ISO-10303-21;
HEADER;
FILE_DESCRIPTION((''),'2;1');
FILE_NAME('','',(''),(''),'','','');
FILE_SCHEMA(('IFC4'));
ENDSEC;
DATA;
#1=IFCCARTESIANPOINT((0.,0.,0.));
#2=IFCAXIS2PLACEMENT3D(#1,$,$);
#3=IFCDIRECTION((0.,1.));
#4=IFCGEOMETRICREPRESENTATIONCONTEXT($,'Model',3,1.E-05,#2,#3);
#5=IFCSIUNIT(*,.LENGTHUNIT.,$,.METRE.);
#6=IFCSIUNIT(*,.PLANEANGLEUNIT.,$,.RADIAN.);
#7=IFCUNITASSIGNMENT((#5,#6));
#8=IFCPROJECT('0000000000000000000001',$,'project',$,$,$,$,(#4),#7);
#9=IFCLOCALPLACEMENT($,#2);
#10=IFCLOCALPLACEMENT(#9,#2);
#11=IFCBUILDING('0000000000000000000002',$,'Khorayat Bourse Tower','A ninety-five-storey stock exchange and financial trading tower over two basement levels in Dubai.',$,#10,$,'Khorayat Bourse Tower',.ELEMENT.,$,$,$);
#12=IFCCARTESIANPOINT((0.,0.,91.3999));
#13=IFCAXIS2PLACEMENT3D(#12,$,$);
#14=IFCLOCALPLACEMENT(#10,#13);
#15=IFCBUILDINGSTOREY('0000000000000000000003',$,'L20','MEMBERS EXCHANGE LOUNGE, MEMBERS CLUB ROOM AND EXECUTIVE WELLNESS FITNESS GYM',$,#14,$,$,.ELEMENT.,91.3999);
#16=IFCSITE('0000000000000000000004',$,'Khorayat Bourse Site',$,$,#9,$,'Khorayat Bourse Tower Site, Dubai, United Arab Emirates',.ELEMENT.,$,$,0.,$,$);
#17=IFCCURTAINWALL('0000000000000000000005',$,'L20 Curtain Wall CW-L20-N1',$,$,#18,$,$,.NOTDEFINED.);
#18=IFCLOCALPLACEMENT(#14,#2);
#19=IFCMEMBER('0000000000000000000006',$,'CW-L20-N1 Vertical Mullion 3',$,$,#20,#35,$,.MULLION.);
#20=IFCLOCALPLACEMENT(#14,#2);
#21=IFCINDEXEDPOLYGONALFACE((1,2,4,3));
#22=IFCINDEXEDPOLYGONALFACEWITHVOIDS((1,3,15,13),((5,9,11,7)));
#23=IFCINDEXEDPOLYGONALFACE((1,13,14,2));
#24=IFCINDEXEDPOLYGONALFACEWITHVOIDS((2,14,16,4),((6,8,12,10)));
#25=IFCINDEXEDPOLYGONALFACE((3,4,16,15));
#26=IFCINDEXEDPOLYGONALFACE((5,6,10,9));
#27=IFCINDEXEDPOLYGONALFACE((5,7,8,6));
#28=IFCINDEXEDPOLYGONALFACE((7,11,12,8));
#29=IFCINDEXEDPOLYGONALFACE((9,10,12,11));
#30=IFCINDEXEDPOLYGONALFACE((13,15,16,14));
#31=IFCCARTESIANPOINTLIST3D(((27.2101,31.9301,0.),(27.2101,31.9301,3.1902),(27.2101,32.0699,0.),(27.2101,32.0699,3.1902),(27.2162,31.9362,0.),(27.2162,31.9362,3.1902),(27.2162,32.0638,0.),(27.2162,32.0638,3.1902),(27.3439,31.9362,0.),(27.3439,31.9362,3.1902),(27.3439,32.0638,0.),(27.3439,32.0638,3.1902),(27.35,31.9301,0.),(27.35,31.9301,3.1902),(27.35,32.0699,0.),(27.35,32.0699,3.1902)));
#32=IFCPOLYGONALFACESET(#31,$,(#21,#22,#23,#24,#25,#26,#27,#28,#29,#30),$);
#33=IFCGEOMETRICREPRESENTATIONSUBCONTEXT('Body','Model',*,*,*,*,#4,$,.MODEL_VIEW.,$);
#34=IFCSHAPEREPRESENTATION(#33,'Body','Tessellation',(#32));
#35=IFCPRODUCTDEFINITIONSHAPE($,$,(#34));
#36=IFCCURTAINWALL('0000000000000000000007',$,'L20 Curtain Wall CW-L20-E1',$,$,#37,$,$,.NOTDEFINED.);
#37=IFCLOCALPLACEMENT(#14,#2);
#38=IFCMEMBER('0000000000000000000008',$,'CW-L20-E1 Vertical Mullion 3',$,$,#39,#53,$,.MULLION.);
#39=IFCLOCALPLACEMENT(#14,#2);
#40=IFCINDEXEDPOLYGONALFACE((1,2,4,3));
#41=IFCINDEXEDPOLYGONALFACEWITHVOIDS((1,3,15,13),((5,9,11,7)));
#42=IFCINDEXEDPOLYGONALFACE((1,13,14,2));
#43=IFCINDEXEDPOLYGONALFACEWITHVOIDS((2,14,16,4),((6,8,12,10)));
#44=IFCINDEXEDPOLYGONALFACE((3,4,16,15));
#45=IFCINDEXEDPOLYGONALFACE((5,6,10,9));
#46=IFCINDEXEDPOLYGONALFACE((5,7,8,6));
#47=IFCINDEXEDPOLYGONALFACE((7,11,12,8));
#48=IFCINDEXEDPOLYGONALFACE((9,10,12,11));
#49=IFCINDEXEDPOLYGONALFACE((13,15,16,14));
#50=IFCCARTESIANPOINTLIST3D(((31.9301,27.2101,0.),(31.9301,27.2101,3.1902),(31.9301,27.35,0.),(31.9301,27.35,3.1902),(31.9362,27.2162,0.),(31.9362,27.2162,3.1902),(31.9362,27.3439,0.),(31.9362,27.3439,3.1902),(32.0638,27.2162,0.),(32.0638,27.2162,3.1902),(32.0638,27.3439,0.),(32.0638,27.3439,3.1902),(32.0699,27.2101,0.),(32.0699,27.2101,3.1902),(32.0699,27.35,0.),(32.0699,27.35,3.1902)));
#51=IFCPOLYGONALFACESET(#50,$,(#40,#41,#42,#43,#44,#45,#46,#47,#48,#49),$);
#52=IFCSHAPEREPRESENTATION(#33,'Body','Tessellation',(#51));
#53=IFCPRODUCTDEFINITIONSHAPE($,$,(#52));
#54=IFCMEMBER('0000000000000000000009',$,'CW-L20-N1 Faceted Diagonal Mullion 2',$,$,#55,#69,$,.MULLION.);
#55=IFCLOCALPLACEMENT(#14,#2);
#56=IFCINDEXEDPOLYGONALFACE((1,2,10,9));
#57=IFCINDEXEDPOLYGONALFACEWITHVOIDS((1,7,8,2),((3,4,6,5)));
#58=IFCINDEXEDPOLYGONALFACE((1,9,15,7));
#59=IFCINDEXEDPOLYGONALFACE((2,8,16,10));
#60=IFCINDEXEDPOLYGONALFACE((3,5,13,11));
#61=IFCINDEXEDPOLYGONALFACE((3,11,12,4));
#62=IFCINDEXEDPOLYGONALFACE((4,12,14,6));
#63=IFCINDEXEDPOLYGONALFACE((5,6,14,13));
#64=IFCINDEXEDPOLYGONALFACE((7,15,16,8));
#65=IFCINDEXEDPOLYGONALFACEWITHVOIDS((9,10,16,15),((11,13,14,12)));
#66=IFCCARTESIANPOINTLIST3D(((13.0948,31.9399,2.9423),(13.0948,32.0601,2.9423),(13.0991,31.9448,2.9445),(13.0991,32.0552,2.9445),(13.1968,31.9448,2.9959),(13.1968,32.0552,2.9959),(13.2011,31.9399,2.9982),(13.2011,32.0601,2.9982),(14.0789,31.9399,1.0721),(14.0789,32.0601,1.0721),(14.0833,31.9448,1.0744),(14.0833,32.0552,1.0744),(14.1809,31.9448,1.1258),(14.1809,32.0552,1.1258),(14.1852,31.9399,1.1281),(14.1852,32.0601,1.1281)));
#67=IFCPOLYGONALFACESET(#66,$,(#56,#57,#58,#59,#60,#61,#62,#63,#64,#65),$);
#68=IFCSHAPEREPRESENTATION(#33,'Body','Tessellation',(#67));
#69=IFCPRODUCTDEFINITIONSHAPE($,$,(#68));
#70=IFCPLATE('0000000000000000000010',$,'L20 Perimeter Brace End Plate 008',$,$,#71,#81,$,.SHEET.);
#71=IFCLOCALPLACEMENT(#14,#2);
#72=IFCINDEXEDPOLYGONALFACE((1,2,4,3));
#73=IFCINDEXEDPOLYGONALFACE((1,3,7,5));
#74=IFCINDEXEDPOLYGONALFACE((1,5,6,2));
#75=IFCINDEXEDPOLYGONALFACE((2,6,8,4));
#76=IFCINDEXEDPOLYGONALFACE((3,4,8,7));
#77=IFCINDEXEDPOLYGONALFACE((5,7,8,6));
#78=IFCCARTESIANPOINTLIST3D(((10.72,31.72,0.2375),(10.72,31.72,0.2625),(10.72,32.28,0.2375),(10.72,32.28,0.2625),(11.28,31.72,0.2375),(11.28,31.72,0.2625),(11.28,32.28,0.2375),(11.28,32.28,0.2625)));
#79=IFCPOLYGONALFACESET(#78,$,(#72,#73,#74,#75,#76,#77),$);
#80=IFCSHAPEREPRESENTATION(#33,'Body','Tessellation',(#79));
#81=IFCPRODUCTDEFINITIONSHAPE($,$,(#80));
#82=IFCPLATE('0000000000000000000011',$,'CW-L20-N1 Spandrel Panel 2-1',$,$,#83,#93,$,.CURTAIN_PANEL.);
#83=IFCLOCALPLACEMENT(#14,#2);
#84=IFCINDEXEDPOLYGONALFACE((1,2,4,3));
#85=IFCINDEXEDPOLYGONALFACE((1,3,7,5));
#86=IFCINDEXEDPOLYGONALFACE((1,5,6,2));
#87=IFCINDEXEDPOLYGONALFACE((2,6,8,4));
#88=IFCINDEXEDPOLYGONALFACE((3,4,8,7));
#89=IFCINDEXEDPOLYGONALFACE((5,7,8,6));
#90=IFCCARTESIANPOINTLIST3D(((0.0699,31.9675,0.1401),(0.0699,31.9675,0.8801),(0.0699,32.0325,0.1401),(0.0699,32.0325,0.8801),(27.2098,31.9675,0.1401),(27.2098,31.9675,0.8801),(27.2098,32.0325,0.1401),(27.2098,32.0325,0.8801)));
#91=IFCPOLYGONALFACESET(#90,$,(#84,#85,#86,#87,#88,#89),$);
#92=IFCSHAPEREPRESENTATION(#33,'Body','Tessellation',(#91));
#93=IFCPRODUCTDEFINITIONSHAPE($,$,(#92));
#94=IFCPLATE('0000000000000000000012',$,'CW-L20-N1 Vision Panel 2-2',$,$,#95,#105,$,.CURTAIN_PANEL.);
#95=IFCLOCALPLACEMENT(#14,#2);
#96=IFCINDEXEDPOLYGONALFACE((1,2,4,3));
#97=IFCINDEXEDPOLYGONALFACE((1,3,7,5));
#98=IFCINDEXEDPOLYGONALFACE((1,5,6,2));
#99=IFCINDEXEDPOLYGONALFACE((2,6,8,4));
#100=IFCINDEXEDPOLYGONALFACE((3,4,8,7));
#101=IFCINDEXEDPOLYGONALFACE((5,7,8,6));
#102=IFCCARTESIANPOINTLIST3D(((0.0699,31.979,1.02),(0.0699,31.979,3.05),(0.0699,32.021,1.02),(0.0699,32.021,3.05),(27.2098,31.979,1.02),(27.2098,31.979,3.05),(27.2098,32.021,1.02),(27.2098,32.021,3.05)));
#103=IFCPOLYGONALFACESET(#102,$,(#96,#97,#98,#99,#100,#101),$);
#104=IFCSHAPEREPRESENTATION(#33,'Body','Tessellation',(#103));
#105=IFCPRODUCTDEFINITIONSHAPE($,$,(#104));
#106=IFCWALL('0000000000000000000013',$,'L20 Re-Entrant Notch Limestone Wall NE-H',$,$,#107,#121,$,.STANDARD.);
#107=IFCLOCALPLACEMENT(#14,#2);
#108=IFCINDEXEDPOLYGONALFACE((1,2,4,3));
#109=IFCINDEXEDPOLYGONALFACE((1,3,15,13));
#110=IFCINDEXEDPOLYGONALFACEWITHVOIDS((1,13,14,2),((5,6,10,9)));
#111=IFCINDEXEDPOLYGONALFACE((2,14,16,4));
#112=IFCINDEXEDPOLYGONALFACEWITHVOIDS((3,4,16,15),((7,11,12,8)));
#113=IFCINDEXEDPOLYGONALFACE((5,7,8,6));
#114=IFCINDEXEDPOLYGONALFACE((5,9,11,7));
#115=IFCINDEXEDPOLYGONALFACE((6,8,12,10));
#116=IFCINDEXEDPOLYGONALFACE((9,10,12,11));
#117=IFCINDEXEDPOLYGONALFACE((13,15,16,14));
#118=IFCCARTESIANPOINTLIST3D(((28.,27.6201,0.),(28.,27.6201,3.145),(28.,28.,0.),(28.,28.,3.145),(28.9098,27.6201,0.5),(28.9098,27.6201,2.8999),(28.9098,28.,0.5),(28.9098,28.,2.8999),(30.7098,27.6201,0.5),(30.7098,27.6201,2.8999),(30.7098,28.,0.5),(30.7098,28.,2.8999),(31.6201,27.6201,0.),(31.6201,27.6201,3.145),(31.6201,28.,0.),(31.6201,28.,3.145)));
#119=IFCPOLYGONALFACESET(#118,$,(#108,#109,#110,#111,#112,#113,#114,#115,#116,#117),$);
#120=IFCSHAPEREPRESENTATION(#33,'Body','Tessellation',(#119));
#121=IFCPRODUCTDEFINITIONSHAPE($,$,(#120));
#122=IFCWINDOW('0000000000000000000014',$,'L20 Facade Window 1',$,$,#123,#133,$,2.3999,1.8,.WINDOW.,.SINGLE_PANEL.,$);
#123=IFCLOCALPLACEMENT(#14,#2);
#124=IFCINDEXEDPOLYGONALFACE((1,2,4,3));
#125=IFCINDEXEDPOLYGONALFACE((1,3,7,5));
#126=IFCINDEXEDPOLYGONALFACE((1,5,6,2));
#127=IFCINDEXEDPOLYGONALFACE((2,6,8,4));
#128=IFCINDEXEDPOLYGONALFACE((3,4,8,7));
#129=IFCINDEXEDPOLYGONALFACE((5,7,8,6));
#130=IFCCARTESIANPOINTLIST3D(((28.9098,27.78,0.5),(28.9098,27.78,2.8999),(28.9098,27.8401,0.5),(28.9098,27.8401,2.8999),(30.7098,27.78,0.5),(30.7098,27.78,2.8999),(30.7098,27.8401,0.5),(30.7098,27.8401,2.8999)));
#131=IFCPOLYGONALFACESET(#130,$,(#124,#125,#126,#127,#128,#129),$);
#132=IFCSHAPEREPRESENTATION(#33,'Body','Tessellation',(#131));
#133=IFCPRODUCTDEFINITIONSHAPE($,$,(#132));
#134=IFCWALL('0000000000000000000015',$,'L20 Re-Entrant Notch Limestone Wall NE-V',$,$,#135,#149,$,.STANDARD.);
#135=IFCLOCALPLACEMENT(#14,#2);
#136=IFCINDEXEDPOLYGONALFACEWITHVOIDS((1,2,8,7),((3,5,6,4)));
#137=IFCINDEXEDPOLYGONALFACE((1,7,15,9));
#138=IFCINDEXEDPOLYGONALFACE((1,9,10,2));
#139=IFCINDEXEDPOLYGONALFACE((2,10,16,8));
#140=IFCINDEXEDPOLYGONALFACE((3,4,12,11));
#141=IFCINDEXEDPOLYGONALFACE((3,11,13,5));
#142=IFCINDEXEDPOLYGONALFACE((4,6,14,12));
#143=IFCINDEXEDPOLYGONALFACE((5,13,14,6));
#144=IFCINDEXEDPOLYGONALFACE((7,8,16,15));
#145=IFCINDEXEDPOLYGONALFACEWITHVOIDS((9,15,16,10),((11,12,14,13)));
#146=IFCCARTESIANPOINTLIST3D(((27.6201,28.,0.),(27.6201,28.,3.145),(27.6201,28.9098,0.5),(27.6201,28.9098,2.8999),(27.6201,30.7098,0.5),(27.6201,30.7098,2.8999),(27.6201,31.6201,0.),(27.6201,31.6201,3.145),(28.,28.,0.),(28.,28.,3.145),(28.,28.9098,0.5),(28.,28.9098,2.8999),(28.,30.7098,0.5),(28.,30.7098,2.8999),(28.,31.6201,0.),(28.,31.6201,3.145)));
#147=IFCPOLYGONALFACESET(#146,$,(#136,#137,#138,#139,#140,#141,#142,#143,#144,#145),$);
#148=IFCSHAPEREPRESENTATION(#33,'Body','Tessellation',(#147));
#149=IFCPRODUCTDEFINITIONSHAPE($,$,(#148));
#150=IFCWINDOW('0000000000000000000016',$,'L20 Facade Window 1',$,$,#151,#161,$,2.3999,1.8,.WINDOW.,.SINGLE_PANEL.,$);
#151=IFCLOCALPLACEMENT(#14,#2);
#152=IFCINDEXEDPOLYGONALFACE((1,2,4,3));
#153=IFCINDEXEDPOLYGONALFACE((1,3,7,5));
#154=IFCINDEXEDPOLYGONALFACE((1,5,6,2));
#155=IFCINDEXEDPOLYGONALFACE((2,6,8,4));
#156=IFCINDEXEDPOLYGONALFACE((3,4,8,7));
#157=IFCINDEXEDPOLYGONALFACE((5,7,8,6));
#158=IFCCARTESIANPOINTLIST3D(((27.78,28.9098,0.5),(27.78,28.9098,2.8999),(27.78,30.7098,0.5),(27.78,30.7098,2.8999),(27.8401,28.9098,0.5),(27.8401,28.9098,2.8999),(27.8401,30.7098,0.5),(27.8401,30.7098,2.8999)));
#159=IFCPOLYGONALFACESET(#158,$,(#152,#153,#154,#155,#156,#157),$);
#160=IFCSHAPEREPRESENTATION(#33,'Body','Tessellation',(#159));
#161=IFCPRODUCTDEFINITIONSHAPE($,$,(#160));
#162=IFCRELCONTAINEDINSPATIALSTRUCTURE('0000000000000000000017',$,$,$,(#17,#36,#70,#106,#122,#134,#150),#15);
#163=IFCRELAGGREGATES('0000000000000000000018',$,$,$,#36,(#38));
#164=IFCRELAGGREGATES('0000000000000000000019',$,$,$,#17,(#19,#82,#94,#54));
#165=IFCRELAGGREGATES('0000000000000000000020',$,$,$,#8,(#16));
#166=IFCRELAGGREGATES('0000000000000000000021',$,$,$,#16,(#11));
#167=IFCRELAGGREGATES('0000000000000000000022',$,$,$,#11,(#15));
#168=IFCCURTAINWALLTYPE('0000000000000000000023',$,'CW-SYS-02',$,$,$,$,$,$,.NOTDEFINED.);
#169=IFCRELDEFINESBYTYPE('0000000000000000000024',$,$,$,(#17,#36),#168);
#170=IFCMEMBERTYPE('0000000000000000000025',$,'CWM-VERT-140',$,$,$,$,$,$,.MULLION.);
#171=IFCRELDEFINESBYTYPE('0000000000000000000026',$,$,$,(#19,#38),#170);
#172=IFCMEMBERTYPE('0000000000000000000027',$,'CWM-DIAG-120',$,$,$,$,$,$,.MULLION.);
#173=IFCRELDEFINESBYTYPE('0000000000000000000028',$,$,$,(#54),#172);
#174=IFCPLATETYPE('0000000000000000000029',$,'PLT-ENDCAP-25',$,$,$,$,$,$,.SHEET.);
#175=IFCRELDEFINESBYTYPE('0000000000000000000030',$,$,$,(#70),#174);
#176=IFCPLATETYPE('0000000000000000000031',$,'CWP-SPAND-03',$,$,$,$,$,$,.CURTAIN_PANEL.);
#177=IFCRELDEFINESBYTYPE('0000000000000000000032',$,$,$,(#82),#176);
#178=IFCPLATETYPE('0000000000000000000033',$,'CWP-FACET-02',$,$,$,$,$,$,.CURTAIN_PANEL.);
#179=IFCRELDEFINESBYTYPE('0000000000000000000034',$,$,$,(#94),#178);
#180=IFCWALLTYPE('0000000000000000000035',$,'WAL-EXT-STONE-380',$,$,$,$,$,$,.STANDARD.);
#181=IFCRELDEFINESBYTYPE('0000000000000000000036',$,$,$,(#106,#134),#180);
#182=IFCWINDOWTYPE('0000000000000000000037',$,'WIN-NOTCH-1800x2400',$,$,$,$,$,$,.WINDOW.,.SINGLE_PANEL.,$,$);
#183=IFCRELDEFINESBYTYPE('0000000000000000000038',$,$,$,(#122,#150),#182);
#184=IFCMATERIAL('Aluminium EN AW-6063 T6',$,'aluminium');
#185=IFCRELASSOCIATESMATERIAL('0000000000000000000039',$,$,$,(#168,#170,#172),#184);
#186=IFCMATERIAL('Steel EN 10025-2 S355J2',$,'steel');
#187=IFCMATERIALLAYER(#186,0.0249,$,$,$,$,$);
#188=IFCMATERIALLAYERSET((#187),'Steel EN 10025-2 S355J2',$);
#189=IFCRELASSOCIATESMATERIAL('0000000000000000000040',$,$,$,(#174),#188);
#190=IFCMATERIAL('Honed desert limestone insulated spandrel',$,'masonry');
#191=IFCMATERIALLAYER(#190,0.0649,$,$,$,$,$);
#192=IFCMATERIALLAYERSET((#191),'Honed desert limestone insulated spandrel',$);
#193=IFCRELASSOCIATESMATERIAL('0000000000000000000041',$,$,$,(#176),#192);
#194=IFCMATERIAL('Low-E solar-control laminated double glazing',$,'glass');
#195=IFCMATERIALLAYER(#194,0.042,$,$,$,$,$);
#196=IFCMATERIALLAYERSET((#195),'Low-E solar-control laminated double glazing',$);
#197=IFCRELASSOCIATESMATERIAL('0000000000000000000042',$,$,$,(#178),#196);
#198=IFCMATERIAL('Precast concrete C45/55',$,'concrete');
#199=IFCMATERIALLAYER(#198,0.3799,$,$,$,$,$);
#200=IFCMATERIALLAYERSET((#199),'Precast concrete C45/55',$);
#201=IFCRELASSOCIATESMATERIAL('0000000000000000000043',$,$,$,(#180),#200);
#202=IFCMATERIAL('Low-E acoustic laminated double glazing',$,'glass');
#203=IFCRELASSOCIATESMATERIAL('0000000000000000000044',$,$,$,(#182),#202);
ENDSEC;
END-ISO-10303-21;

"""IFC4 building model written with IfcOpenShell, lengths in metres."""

from ifc_helpers import new_model, si_unit, direction, frame, frame_2d, origin, origin_2d, place, context, subcontext, project, spatial, rectangle, hollow_rectangle, extrude, source, transform, mapped, material, layer, layer_set, material_profile, profile_set, type_object, element, fill, aggregate, save


model = new_model("IFC4")

# Units and contexts
model_context = context("Model", 3, precision=1e-05, world=origin(), true_north=direction((0.0, 1.0)))
body_context = subcontext(model_context, "Body", "Model", "MODEL_VIEW")
ifc_project = project(units=[si_unit("LENGTHUNIT", "METRE"), si_unit("PLANEANGLEUNIT", "RADIAN")], contexts=[model_context])

# Site, building, storey
site_placement = place(None, origin())
site = spatial("IfcSite", under=ifc_project, at=site_placement, Name="Khorayat Bourse Site", LongName="Khorayat Bourse Tower Site, Dubai, United Arab Emirates", CompositionType="ELEMENT", RefElevation=0.0)
building_placement = place(site_placement, origin())
building = spatial("IfcBuilding", under=site, at=building_placement, Name="Khorayat Bourse Tower", Description="A ninety-five-storey stock exchange and financial trading tower over two basement levels in Dubai.", LongName="Khorayat Bourse Tower", CompositionType="ELEMENT")
storey_placement = place(building_placement, frame((0.0, 0.0, 91.3999)))
storey = spatial("IfcBuildingStorey", under=building, at=storey_placement, Name="L20", Description="MEMBERS EXCHANGE LOUNGE, MEMBERS CLUB ROOM AND EXECUTIVE WELLNESS FITNESS GYM", CompositionType="ELEMENT", Elevation=91.3999)

# Curtain walls, members
ifc_material_1 = material(Name="Aluminium EN AW-6063 T6", Category="aluminium")
curtain_wall_type = type_object("IfcCurtainWallType", Name="CW-SYS-02", PredefinedType="NOTDEFINED", material=ifc_material_1)
curtain_wall_1_placement = place(storey_placement, origin())
curtain_wall_1 = element("IfcCurtainWall", 1, at=curtain_wall_1_placement, inside=storey, type_object=curtain_wall_type, Name="L20 Curtain Wall CW-L20-N1", PredefinedType="NOTDEFINED")
ifc_material_profile_1 = material_profile(ifc_material_1, hollow_rectangle(XDim=0.1399, YDim=0.1399, WallThickness=0.0061, at=origin_2d()), Name="ALU 140x140x6")
ifc_profile_set_1 = profile_set([ifc_material_profile_1], Name="Aluminium EN AW-6063 T6")
member_type_1 = type_object("IfcMemberType", Name="CWM-VERT-140", PredefinedType="MULLION", material=ifc_profile_set_1)
shared_shape_1 = source(origin(), body_context, "Body", "SweptSolid", [
    extrude(hollow_rectangle(XDim=0.1399, YDim=0.1399, WallThickness=0.0061, at=origin_2d()), origin(), (0.0, 0.0, 1.0), 3.1902),
])
member_1_placement = place(storey_placement, frame((27.28, 32.0, 0.0), z_axis=(0.0, 0.0, 1.0), x_axis=(0.0, 1.0, 0.0)))
member_1 = element("IfcMember", 2, at=member_1_placement, type_object=member_type_1, Name="CW-L20-N1 Vertical Mullion 3", PredefinedType="MULLION", context=body_context, shape_type="MappedRepresentation", body=[
    mapped(shared_shape_1, transform((0.0, 0.0, 0.0), scale=1.0)),
])
curtain_wall_2_placement = place(storey_placement, origin())
curtain_wall_2 = element("IfcCurtainWall", 3, at=curtain_wall_2_placement, inside=storey, type_object=curtain_wall_type, Name="L20 Curtain Wall CW-L20-E1", PredefinedType="NOTDEFINED")
member_2_placement = place(storey_placement, frame((32.0, 27.28, 0.0), z_axis=(0.0, 0.0, 1.0), x_axis=(-1.0, 0.0, 0.0)))
member_2 = element("IfcMember", 4, at=member_2_placement, type_object=member_type_1, Name="CW-L20-E1 Vertical Mullion 3", PredefinedType="MULLION", context=body_context, shape_type="MappedRepresentation", body=[
    mapped(shared_shape_1, transform((0.0, 0.0, 0.0), scale=1.0)),
])
aggregate(curtain_wall_2, [member_2])

# Member
ifc_material_profile_2 = material_profile(ifc_material_1, hollow_rectangle(XDim=0.1201, YDim=0.1201, WallThickness=0.0049, at=origin_2d()), Name="ALU 120x120x5")
ifc_profile_set_2 = profile_set([ifc_material_profile_2], Name="Aluminium EN AW-6063 T6")
member_type_2 = type_object("IfcMemberType", Name="CWM-DIAG-120", PredefinedType="MULLION", material=ifc_profile_set_2)
shared_shape_2 = source(origin(), body_context, "Body", "SweptSolid", [
    extrude(hollow_rectangle(XDim=0.1201, YDim=0.1201, WallThickness=0.0049, at=origin_2d()), origin(), (0.0, 0.0, 1.0), 2.1133),
])
member_3_placement = place(storey_placement, frame((14.1321, 32.0, 1.1001), z_axis=(-0.465694, 0.0, 0.884946), x_axis=(0.0, -1.0, 0.0)))
member_3 = element("IfcMember", 5, at=member_3_placement, type_object=member_type_2, Name="CW-L20-N1 Faceted Diagonal Mullion 2", PredefinedType="MULLION", context=body_context, shape_type="MappedRepresentation", body=[
    mapped(shared_shape_2, transform((0.0, 0.0, 0.0), scale=1.0)),
])

# Plates
ifc_material_2 = material(Name="Steel EN 10025-2 S355J2", Category="steel")
ifc_layer_1 = layer(ifc_material_2, 0.0249)
ifc_layer_set_1 = layer_set([ifc_layer_1], Name="Steel EN 10025-2 S355J2")
plate_type_1 = type_object("IfcPlateType", Name="PLT-ENDCAP-25", PredefinedType="SHEET", material=ifc_layer_set_1)
shared_shape_3 = source(origin(), body_context, "Body", "SweptSolid", [
    extrude(rectangle(XDim=0.5601, YDim=0.5601, at=origin_2d()), origin(), (0.0, 0.0, 1.0), 0.0249),
])
plate_1_placement = place(storey_placement, frame((11.0, 32.0, 0.2375), z_axis=(0.0, 0.0, 1.0), x_axis=(1.0, 0.0, 0.0)))
element("IfcPlate", 6, at=plate_1_placement, inside=storey, type_object=plate_type_1, Name="L20 Perimeter Brace End Plate 008", PredefinedType="SHEET", context=body_context, shape_type="MappedRepresentation", body=[
    mapped(shared_shape_3, transform((0.0, 0.0, 0.0), scale=1.0)),
])
ifc_material_3 = material(Name="Honed desert limestone insulated spandrel", Category="masonry")
ifc_layer_2 = layer(ifc_material_3, 0.0649)
ifc_layer_set_2 = layer_set([ifc_layer_2], Name="Honed desert limestone insulated spandrel")
plate_type_2 = type_object("IfcPlateType", Name="CWP-SPAND-03", PredefinedType="CURTAIN_PANEL", material=ifc_layer_set_2)
shared_shape_4 = source(origin(), body_context, "Body", "SweptSolid", [
    extrude(rectangle(XDim=27.1399, YDim=0.0649, at=origin_2d()), origin(), (0.0, 0.0, 1.0), 0.74),
])
plate_2_placement = place(storey_placement, frame((13.6399, 32.0, 0.1401), z_axis=(0.0, 0.0, 1.0), x_axis=(1.0, 0.0, 0.0)))
plate_2 = element("IfcPlate", 7, at=plate_2_placement, type_object=plate_type_2, Name="CW-L20-N1 Spandrel Panel 2-1", PredefinedType="CURTAIN_PANEL", context=body_context, shape_type="MappedRepresentation", body=[
    mapped(shared_shape_4, transform((0.0, 0.0, 0.0), scale=1.0)),
])
ifc_material_4 = material(Name="Low-E solar-control laminated double glazing", Category="glass")
ifc_layer_3 = layer(ifc_material_4, 0.042)
ifc_layer_set_3 = layer_set([ifc_layer_3], Name="Low-E solar-control laminated double glazing")
plate_type_3 = type_object("IfcPlateType", Name="CWP-FACET-02", PredefinedType="CURTAIN_PANEL", material=ifc_layer_set_3)
shared_shape_5 = source(origin(), body_context, "Body", "SweptSolid", [
    extrude(rectangle(XDim=27.1399, YDim=0.042, at=origin_2d()), origin(), (0.0, 0.0, 1.0), 2.03),
])
plate_3_placement = place(storey_placement, frame((13.6399, 32.0, 1.02), z_axis=(0.0, 0.0, 1.0), x_axis=(1.0, 0.0, 0.0)))
plate_3 = element("IfcPlate", 8, at=plate_3_placement, type_object=plate_type_3, Name="CW-L20-N1 Vision Panel 2-2", PredefinedType="CURTAIN_PANEL", context=body_context, shape_type="MappedRepresentation", body=[
    mapped(shared_shape_5, transform((0.0, 0.0, 0.0), scale=1.0)),
])
aggregate(curtain_wall_1, [member_1, plate_2, plate_3, member_3])

# Walls, openings, windows
ifc_material_5 = material(Name="Precast concrete C45/55", Category="concrete")
ifc_layer_4 = layer(ifc_material_5, 0.3799)
ifc_layer_set_4 = layer_set([ifc_layer_4], Name="Precast concrete C45/55")
wall_type_1 = type_object("IfcWallType", Name="WAL-EXT-STONE-380", PredefinedType="STANDARD", material=ifc_layer_set_4)
shared_shape_6 = source(origin(), body_context, "Body", "SweptSolid", [
    extrude(rectangle(XDim=3.6201, YDim=0.3799, at=frame_2d((1.8101, 0.0))), origin(), (0.0, 0.0, 1.0), 3.145),
])
wall_1_placement = place(storey_placement, frame((28.0, 27.8101, 0.0), z_axis=(0.0, 0.0, 1.0), x_axis=(1.0, 0.0, 0.0)))
wall_1 = element("IfcWall", 9, at=wall_1_placement, inside=storey, type_object=wall_type_1, Name="L20 Re-Entrant Notch Limestone Wall NE-H", PredefinedType="STANDARD", context=body_context, shape_type="MappedRepresentation", body=[
    mapped(shared_shape_6, transform((0.0, 0.0, 0.0), scale=1.0)),
])
shared_shape_7 = source(origin(), body_context, "Body", "SweptSolid", [
    extrude(rectangle(XDim=1.8, YDim=2.3999, at=frame_2d((0.8999, 1.2))), frame((0.0, 0.2, 0.0), z_axis=(0.0, -1.0, 0.0), x_axis=(1.0, 0.0, 0.0)), (0.0, 0.0, 1.0), 0.3999),
])
opening_1_placement = place(wall_1_placement, frame((0.9099, 0.0, 0.5)))
opening_1 = element("IfcOpeningElement", 10, at=opening_1_placement, cuts=wall_1, PredefinedType="OPENING", context=body_context, shape_type="MappedRepresentation", body=[
    mapped(shared_shape_7, transform((0.0, 0.0, 0.0), scale=1.0)),
])
ifc_material_6 = material(Name="Low-E acoustic laminated double glazing", Category="glass")
window_type = type_object("IfcWindowType", Name="WIN-NOTCH-1800x2400", PartitioningType="SINGLE_PANEL", PredefinedType="WINDOW", material=ifc_material_6)
shared_shape_8 = source(origin(), body_context, "Body", "SweptSolid", [
    extrude(rectangle(XDim=1.8, YDim=2.3999, at=frame_2d((0.8999, 1.2))), frame((0.0, 0.03, 0.0), z_axis=(0.0, -1.0, 0.0), x_axis=(1.0, 0.0, 0.0)), (0.0, 0.0, 1.0), 0.0601),
])
window_1_placement = place(opening_1_placement, origin())
window_1 = element("IfcWindow", 11, at=window_1_placement, inside=storey, type_object=window_type, Name="L20 Facade Window 1", OverallHeight=2.3999, OverallWidth=1.8, PartitioningType="SINGLE_PANEL", PredefinedType="WINDOW", context=body_context, shape_type="MappedRepresentation", body=[
    mapped(shared_shape_8, transform((0.0, 0.0, 0.0), scale=1.0)),
])
fill(opening_1, window_1)
wall_2_placement = place(storey_placement, frame((27.8101, 28.0, 0.0), z_axis=(0.0, 0.0, 1.0), x_axis=(0.0, 1.0, 0.0)))
wall_2 = element("IfcWall", 12, at=wall_2_placement, inside=storey, type_object=wall_type_1, Name="L20 Re-Entrant Notch Limestone Wall NE-V", PredefinedType="STANDARD", context=body_context, shape_type="MappedRepresentation", body=[
    mapped(shared_shape_6, transform((0.0, 0.0, 0.0), scale=1.0)),
])
opening_2_placement = place(wall_2_placement, frame((0.9099, 0.0, 0.5)))
opening_2 = element("IfcOpeningElement", 13, at=opening_2_placement, cuts=wall_2, PredefinedType="OPENING", context=body_context, shape_type="MappedRepresentation", body=[
    mapped(shared_shape_7, transform((0.0, 0.0, 0.0), scale=1.0)),
])
window_2_placement = place(opening_2_placement, origin())
window_2 = element("IfcWindow", 14, at=window_2_placement, inside=storey, type_object=window_type, Name="L20 Facade Window 1", OverallHeight=2.3999, OverallWidth=1.8, PartitioningType="SINGLE_PANEL", PredefinedType="WINDOW", context=body_context, shape_type="MappedRepresentation", body=[
    mapped(shared_shape_8, transform((0.0, 0.0, 0.0), scale=1.0)),
])
fill(opening_2, window_2)

save(model, "model.ifc")
